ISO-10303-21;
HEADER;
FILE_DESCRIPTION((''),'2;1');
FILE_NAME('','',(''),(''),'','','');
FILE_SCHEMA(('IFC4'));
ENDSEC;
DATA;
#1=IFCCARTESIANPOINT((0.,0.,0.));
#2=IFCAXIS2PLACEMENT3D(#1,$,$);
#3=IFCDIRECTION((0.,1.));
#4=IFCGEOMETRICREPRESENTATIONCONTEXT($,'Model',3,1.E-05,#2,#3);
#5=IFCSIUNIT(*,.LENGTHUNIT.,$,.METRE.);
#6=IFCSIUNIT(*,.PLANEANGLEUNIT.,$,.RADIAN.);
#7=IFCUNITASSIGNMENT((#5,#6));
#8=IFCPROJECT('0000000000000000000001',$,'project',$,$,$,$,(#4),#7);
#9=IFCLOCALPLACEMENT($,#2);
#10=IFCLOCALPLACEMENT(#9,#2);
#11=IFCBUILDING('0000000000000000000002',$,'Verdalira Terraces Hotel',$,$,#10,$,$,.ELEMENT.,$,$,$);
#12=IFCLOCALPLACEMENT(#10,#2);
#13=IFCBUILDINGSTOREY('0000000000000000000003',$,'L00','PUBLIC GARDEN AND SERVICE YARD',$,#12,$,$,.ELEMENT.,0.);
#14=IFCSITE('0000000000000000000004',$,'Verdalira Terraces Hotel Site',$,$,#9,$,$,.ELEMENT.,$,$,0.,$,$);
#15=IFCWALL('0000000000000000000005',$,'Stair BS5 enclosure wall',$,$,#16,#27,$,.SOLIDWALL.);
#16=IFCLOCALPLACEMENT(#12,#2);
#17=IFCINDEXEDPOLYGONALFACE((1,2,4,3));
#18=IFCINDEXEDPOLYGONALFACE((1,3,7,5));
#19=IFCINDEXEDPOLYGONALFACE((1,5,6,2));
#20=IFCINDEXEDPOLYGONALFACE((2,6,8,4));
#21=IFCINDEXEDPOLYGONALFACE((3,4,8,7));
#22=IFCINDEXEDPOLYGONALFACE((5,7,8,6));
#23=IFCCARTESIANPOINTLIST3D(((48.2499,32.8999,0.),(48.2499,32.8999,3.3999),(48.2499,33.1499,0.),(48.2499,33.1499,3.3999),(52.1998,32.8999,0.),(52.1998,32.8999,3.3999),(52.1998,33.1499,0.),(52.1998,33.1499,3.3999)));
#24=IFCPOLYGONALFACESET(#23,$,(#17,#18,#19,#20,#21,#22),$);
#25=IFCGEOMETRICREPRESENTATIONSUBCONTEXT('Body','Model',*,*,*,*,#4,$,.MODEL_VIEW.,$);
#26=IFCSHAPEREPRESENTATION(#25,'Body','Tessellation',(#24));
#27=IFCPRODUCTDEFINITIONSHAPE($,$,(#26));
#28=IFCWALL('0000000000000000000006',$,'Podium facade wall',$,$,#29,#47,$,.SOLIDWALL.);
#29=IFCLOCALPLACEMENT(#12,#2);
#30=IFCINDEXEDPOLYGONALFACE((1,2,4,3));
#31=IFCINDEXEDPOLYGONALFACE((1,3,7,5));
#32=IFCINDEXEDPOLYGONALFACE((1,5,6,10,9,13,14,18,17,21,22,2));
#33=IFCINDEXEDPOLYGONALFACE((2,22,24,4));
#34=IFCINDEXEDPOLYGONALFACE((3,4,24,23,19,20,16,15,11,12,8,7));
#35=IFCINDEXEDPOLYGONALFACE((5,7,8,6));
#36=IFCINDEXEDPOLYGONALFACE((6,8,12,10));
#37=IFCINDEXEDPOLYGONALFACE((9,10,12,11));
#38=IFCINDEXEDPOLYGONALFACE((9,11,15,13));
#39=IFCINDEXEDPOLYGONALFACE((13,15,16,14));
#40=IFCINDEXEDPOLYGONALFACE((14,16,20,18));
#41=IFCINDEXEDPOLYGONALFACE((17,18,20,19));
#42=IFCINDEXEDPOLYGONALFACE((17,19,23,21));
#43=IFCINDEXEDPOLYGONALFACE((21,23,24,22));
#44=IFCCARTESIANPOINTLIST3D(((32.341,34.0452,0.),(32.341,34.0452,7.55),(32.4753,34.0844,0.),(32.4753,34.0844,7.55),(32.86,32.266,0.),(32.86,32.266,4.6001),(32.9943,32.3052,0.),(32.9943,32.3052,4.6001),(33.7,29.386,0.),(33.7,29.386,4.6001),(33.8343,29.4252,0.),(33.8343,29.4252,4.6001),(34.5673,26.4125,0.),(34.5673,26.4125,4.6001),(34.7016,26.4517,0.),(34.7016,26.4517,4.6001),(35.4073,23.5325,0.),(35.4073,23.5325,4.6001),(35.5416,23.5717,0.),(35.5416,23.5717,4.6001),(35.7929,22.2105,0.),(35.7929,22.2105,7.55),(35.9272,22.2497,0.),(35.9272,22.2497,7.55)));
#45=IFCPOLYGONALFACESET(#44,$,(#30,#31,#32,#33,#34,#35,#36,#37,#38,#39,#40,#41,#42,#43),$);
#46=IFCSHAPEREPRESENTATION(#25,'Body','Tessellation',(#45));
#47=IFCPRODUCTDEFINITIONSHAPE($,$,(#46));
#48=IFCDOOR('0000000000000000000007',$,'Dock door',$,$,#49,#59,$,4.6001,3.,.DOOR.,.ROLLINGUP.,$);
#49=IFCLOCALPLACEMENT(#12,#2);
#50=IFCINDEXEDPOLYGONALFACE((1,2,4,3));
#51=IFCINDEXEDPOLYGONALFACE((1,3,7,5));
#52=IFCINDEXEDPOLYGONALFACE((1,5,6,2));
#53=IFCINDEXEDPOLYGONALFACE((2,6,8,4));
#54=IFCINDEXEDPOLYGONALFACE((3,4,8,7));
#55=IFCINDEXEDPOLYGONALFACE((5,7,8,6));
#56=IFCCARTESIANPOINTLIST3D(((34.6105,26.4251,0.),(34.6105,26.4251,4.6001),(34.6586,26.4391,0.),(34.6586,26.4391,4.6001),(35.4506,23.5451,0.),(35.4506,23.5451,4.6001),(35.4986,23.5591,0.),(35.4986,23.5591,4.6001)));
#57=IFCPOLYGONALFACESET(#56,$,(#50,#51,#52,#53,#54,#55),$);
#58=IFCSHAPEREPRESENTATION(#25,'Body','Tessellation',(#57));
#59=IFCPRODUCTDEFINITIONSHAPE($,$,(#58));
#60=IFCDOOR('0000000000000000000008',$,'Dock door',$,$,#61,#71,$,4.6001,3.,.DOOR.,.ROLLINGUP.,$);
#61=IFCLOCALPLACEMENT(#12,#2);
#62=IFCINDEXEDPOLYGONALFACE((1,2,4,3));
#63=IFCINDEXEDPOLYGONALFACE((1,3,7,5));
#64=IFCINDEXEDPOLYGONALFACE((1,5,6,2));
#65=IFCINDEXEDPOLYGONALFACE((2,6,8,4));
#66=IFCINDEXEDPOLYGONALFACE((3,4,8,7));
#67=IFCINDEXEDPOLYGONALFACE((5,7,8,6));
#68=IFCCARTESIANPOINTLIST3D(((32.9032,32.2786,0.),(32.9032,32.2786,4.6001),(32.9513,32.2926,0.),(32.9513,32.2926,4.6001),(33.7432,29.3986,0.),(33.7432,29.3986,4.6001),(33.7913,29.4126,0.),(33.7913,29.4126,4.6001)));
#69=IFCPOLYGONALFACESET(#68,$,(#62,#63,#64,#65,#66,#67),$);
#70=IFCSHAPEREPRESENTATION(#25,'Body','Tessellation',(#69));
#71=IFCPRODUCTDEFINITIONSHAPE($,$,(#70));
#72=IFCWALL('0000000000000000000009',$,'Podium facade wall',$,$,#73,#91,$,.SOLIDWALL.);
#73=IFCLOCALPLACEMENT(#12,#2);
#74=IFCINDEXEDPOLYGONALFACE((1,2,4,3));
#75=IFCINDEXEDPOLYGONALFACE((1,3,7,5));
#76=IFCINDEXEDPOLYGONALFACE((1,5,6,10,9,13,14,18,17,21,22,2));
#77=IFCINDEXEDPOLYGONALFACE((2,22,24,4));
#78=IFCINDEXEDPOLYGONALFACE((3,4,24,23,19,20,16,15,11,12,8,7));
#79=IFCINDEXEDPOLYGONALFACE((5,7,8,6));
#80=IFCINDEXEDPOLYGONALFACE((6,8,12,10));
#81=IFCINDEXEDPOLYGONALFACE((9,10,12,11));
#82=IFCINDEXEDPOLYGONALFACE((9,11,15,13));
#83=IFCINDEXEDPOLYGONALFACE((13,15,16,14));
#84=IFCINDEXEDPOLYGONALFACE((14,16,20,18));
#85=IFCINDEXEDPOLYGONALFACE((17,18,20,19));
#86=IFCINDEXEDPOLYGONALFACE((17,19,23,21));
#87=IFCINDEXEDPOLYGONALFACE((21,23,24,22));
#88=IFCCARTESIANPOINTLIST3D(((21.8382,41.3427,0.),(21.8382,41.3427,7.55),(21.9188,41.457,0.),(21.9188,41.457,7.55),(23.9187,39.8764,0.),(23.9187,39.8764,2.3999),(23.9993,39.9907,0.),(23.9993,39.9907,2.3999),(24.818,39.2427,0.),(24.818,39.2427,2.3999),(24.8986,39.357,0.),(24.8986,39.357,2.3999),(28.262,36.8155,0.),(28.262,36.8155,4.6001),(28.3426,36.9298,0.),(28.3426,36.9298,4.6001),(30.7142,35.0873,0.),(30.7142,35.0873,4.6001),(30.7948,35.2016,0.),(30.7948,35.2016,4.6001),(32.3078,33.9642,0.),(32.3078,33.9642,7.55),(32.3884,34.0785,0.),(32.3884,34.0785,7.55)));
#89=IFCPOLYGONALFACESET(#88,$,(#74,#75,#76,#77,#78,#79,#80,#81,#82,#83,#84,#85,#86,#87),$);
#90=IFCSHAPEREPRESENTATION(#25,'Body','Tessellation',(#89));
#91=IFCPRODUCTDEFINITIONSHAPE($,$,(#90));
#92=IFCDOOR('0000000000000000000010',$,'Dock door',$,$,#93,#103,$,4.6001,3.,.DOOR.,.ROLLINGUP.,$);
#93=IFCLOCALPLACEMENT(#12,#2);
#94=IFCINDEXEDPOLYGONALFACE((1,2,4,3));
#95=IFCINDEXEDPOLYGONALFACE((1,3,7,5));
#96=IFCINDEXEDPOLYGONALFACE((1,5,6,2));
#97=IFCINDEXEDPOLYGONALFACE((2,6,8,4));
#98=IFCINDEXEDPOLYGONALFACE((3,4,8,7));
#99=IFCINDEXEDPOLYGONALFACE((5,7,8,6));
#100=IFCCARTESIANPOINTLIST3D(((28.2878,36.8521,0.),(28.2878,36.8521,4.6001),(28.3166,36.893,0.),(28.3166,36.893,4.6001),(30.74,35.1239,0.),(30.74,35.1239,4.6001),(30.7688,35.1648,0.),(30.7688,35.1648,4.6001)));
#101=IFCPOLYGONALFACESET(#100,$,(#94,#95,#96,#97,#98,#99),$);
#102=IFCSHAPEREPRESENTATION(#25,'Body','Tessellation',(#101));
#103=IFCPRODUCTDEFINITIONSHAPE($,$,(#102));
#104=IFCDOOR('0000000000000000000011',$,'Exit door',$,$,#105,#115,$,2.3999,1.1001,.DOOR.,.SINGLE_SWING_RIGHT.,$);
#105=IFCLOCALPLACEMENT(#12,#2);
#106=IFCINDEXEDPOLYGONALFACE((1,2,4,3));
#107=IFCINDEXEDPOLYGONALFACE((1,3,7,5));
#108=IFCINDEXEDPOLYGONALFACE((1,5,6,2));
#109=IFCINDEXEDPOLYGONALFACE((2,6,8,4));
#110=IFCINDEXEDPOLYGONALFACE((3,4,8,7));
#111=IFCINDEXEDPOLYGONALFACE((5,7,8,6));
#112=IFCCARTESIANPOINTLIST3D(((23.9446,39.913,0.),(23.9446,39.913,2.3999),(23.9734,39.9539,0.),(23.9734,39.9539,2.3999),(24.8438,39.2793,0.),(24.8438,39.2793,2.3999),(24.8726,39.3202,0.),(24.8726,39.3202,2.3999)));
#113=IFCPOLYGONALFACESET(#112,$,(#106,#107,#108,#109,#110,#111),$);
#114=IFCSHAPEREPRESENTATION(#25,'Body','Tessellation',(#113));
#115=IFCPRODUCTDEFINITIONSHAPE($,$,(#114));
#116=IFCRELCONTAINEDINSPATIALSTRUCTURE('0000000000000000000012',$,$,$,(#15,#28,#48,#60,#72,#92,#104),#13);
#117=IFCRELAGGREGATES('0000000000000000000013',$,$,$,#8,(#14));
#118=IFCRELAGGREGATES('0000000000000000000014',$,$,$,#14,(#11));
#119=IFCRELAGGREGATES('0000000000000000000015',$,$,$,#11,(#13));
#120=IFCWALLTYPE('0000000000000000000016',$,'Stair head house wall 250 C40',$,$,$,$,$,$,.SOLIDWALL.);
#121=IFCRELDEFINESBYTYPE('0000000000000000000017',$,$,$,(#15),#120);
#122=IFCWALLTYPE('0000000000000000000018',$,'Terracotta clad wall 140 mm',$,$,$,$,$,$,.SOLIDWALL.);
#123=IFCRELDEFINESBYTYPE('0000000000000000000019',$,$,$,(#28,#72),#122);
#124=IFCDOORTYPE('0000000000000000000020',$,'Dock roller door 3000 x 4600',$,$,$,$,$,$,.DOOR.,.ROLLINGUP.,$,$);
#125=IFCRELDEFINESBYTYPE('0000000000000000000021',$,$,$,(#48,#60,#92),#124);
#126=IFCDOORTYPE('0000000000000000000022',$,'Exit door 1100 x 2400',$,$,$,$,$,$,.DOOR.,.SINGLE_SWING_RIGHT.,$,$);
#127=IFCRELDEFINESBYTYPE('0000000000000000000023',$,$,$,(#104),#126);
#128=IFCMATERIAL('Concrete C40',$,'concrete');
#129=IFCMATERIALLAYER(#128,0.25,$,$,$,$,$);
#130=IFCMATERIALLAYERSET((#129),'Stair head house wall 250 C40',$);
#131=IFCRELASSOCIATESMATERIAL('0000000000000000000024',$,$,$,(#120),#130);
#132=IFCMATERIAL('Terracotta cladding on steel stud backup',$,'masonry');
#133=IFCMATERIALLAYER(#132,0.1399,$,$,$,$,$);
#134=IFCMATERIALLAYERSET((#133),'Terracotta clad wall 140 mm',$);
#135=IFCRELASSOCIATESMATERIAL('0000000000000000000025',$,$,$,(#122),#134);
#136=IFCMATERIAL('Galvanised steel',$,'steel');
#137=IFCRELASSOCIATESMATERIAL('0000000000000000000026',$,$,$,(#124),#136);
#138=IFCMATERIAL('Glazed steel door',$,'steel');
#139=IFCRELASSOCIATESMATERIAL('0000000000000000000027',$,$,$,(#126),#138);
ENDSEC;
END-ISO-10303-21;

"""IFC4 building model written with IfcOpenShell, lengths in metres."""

from ifc_helpers import new_model, si_unit, direction, frame, frame_2d, origin, place, context, subcontext, project, spatial, rectangle, extrude, material, layer, layer_set, type_object, element, fill, save


model = new_model("IFC4")

# Units and contexts
model_context = context("Model", 3, precision=1e-05, world=origin(), true_north=direction((0.0, 1.0)))
body_context = subcontext(model_context, "Body", "Model", "MODEL_VIEW")
ifc_project = project(units=[si_unit("LENGTHUNIT", "METRE"), si_unit("PLANEANGLEUNIT", "RADIAN")], contexts=[model_context])

# Site, building, storey
site_placement = place(None, origin())
site = spatial("IfcSite", under=ifc_project, at=site_placement, Name="Verdalira Terraces Hotel Site", CompositionType="ELEMENT", RefElevation=0.0)
building_placement = place(site_placement, origin())
building = spatial("IfcBuilding", under=site, at=building_placement, Name="Verdalira Terraces Hotel", CompositionType="ELEMENT")
storey_placement = place(building_placement, origin())
storey = spatial("IfcBuildingStorey", under=building, at=storey_placement, Name="L00", Description="PUBLIC GARDEN AND SERVICE YARD", CompositionType="ELEMENT", Elevation=0.0)

# Shared definitions
ifc_material_1 = material(Name="Concrete C40", Category="concrete")
ifc_layer_1 = layer(ifc_material_1, 0.25)
ifc_layer_set_1 = layer_set([ifc_layer_1], Name="Stair head house wall 250 C40")
wall_type_1 = type_object("IfcWallType", Name="Stair head house wall 250 C40", PredefinedType="SOLIDWALL", material=ifc_layer_set_1)

# Wall
for number, where, z_axis, x_axis, name in (
    (1, (52.2, 33.0249, 0.0), (0.0, 0.0, 1.0), (-1.0, 0.0, 0.0), "Stair BS5 enclosure wall"),
):
    element("IfcWall", number, at=place(storey_placement, frame(where, z_axis=z_axis, x_axis=x_axis)), inside=storey, type_object=wall_type_1, Name=name, PredefinedType="SOLIDWALL", context=body_context, shape_type="SweptSolid", body=[
        extrude(rectangle(XDim=3.95, YDim=0.25, at=frame_2d((1.9751, 0.0))), origin(), (0.0, 0.0, 1.0), 3.3999),
    ])

# Walls, openings, doors
ifc_material_2 = material(Name="Terracotta cladding on steel stud backup", Category="masonry")
ifc_layer_2 = layer(ifc_material_2, 0.1399)
ifc_layer_set_2 = layer_set([ifc_layer_2], Name="Terracotta clad wall 140 mm")
wall_type_2 = type_object("IfcWallType", Name="Terracotta clad wall 140 mm", PredefinedType="SOLIDWALL", material=ifc_layer_set_2)
wall_1_placement = place(storey_placement, frame((35.8601, 22.23, 0.0), z_axis=(0.0, 0.0, 1.0), x_axis=(-0.280008, 0.959998, 0.0)))
wall_1 = element("IfcWall", 2, at=wall_1_placement, inside=storey, type_object=wall_type_2, Name="Podium facade wall", PredefinedType="SOLIDWALL", context=body_context, shape_type="SweptSolid", body=[
    extrude(rectangle(XDim=12.3279, YDim=0.1399, at=frame_2d((6.1641, 0.0))), origin(), (0.0, 0.0, 1.0), 7.55),
])
opening_1_placement = place(wall_1_placement, frame((1.3772, 0.0, 0.0)))
opening_1 = element("IfcOpeningElement", 3, at=opening_1_placement, cuts=wall_1, PredefinedType="OPENING", context=body_context, shape_type="SweptSolid", body=[
    extrude(rectangle(XDim=3.0, YDim=4.6001, at=frame_2d((1.5, 2.3))), frame((0.0, 0.0798, 0.0), z_axis=(0.0, -1.0, 0.0), x_axis=(1.0, 0.0, 0.0)), (0.0, 0.0, 1.0), 0.1599),
])
opening_2_placement = place(wall_1_placement, frame((7.4746, 0.0, 0.0)))
opening_2 = element("IfcOpeningElement", 4, at=opening_2_placement, cuts=wall_1, PredefinedType="OPENING", context=body_context, shape_type="SweptSolid", body=[
    extrude(rectangle(XDim=3.0, YDim=4.6001, at=frame_2d((1.5, 2.3))), frame((0.0, 0.0798, 0.0), z_axis=(0.0, -1.0, 0.0), x_axis=(1.0, 0.0, 0.0)), (0.0, 0.0, 1.0), 0.1599),
])
ifc_material_3 = material(Name="Galvanised steel", Category="steel")
door_type_1 = type_object("IfcDoorType", Name="Dock roller door 3000 x 4600", OperationType="ROLLINGUP", PredefinedType="DOOR", material=ifc_material_3)
door_1_placement = place(opening_1_placement, origin())
door_1 = element("IfcDoor", 5, at=door_1_placement, inside=storey, type_object=door_type_1, Name="Dock door", OperationType="ROLLINGUP", OverallHeight=4.6001, OverallWidth=3.0, PredefinedType="DOOR", context=body_context, shape_type="SweptSolid", body=[
    extrude(rectangle(XDim=3.0, YDim=4.6001, at=frame_2d((1.5, 2.3))), frame((0.0, 0.0249, 0.0), z_axis=(0.0, -1.0, 0.0), x_axis=(1.0, 0.0, 0.0)), (0.0, 0.0, 1.0), 0.05),
])
fill(opening_1, door_1)
door_2_placement = place(opening_2_placement, origin())
door_2 = element("IfcDoor", 6, at=door_2_placement, inside=storey, type_object=door_type_1, Name="Dock door", OperationType="ROLLINGUP", OverallHeight=4.6001, OverallWidth=3.0, PredefinedType="DOOR", context=body_context, shape_type="SweptSolid", body=[
    extrude(rectangle(XDim=3.0, YDim=4.6001, at=frame_2d((1.5, 2.3))), frame((0.0, 0.0249, 0.0), z_axis=(0.0, -1.0, 0.0), x_axis=(1.0, 0.0, 0.0)), (0.0, 0.0, 1.0), 0.05),
])
fill(opening_2, door_2)
wall_2_placement = place(storey_placement, frame((21.8784, 41.3999, 0.0), z_axis=(0.0, 0.0, 1.0), x_axis=(0.817402, -0.576068, 0.0)))
wall_2 = element("IfcWall", 7, at=wall_2_placement, inside=storey, type_object=wall_type_2, Name="Podium facade wall", PredefinedType="SOLIDWALL", context=body_context, shape_type="SweptSolid", body=[
    extrude(rectangle(XDim=12.8084, YDim=0.1399, at=frame_2d((6.4043, 0.0))), origin(), (0.0, 0.0, 1.0), 7.55),
])
opening_3_placement = place(wall_2_placement, frame((7.8589, 0.0, 0.0)))
opening_3 = element("IfcOpeningElement", 8, at=opening_3_placement, cuts=wall_2, PredefinedType="OPENING", context=body_context, shape_type="SweptSolid", body=[
    extrude(rectangle(XDim=3.0, YDim=4.6001, at=frame_2d((1.5, 2.3))), frame((0.0, 0.0798, 0.0), z_axis=(0.0, -1.0, 0.0), x_axis=(1.0, 0.0, 0.0)), (0.0, 0.0, 1.0), 0.1599),
])
opening_4_placement = place(wall_2_placement, frame((2.5454, 0.0, 0.0)))
opening_4 = element("IfcOpeningElement", 9, at=opening_4_placement, cuts=wall_2, PredefinedType="OPENING", context=body_context, shape_type="SweptSolid", body=[
    extrude(rectangle(XDim=1.1001, YDim=2.3999, at=frame_2d((0.55, 1.2))), frame((0.0, 0.0798, 0.0), z_axis=(0.0, -1.0, 0.0), x_axis=(1.0, 0.0, 0.0)), (0.0, 0.0, 1.0), 0.1599),
])
door_3_placement = place(opening_3_placement, origin())
door_3 = element("IfcDoor", 10, at=door_3_placement, inside=storey, type_object=door_type_1, Name="Dock door", OperationType="ROLLINGUP", OverallHeight=4.6001, OverallWidth=3.0, PredefinedType="DOOR", context=body_context, shape_type="SweptSolid", body=[
    extrude(rectangle(XDim=3.0, YDim=4.6001, at=frame_2d((1.5, 2.3))), frame((0.0, 0.0249, 0.0), z_axis=(0.0, -1.0, 0.0), x_axis=(1.0, 0.0, 0.0)), (0.0, 0.0, 1.0), 0.05),
])
fill(opening_3, door_3)
ifc_material_4 = material(Name="Glazed steel door", Category="steel")
door_type_2 = type_object("IfcDoorType", Name="Exit door 1100 x 2400", OperationType="SINGLE_SWING_RIGHT", PredefinedType="DOOR", material=ifc_material_4)
door_4_placement = place(opening_4_placement, origin())
door_4 = element("IfcDoor", 11, at=door_4_placement, inside=storey, type_object=door_type_2, Name="Exit door", OperationType="SINGLE_SWING_RIGHT", OverallHeight=2.3999, OverallWidth=1.1001, PredefinedType="DOOR", context=body_context, shape_type="SweptSolid", body=[
    extrude(rectangle(XDim=1.1001, YDim=2.3999, at=frame_2d((0.55, 1.2))), frame((0.0, 0.0249, 0.0), z_axis=(0.0, -1.0, 0.0), x_axis=(1.0, 0.0, 0.0)), (0.0, 0.0, 1.0), 0.05),
])
fill(opening_4, door_4)

save(model, "model.ifc")
